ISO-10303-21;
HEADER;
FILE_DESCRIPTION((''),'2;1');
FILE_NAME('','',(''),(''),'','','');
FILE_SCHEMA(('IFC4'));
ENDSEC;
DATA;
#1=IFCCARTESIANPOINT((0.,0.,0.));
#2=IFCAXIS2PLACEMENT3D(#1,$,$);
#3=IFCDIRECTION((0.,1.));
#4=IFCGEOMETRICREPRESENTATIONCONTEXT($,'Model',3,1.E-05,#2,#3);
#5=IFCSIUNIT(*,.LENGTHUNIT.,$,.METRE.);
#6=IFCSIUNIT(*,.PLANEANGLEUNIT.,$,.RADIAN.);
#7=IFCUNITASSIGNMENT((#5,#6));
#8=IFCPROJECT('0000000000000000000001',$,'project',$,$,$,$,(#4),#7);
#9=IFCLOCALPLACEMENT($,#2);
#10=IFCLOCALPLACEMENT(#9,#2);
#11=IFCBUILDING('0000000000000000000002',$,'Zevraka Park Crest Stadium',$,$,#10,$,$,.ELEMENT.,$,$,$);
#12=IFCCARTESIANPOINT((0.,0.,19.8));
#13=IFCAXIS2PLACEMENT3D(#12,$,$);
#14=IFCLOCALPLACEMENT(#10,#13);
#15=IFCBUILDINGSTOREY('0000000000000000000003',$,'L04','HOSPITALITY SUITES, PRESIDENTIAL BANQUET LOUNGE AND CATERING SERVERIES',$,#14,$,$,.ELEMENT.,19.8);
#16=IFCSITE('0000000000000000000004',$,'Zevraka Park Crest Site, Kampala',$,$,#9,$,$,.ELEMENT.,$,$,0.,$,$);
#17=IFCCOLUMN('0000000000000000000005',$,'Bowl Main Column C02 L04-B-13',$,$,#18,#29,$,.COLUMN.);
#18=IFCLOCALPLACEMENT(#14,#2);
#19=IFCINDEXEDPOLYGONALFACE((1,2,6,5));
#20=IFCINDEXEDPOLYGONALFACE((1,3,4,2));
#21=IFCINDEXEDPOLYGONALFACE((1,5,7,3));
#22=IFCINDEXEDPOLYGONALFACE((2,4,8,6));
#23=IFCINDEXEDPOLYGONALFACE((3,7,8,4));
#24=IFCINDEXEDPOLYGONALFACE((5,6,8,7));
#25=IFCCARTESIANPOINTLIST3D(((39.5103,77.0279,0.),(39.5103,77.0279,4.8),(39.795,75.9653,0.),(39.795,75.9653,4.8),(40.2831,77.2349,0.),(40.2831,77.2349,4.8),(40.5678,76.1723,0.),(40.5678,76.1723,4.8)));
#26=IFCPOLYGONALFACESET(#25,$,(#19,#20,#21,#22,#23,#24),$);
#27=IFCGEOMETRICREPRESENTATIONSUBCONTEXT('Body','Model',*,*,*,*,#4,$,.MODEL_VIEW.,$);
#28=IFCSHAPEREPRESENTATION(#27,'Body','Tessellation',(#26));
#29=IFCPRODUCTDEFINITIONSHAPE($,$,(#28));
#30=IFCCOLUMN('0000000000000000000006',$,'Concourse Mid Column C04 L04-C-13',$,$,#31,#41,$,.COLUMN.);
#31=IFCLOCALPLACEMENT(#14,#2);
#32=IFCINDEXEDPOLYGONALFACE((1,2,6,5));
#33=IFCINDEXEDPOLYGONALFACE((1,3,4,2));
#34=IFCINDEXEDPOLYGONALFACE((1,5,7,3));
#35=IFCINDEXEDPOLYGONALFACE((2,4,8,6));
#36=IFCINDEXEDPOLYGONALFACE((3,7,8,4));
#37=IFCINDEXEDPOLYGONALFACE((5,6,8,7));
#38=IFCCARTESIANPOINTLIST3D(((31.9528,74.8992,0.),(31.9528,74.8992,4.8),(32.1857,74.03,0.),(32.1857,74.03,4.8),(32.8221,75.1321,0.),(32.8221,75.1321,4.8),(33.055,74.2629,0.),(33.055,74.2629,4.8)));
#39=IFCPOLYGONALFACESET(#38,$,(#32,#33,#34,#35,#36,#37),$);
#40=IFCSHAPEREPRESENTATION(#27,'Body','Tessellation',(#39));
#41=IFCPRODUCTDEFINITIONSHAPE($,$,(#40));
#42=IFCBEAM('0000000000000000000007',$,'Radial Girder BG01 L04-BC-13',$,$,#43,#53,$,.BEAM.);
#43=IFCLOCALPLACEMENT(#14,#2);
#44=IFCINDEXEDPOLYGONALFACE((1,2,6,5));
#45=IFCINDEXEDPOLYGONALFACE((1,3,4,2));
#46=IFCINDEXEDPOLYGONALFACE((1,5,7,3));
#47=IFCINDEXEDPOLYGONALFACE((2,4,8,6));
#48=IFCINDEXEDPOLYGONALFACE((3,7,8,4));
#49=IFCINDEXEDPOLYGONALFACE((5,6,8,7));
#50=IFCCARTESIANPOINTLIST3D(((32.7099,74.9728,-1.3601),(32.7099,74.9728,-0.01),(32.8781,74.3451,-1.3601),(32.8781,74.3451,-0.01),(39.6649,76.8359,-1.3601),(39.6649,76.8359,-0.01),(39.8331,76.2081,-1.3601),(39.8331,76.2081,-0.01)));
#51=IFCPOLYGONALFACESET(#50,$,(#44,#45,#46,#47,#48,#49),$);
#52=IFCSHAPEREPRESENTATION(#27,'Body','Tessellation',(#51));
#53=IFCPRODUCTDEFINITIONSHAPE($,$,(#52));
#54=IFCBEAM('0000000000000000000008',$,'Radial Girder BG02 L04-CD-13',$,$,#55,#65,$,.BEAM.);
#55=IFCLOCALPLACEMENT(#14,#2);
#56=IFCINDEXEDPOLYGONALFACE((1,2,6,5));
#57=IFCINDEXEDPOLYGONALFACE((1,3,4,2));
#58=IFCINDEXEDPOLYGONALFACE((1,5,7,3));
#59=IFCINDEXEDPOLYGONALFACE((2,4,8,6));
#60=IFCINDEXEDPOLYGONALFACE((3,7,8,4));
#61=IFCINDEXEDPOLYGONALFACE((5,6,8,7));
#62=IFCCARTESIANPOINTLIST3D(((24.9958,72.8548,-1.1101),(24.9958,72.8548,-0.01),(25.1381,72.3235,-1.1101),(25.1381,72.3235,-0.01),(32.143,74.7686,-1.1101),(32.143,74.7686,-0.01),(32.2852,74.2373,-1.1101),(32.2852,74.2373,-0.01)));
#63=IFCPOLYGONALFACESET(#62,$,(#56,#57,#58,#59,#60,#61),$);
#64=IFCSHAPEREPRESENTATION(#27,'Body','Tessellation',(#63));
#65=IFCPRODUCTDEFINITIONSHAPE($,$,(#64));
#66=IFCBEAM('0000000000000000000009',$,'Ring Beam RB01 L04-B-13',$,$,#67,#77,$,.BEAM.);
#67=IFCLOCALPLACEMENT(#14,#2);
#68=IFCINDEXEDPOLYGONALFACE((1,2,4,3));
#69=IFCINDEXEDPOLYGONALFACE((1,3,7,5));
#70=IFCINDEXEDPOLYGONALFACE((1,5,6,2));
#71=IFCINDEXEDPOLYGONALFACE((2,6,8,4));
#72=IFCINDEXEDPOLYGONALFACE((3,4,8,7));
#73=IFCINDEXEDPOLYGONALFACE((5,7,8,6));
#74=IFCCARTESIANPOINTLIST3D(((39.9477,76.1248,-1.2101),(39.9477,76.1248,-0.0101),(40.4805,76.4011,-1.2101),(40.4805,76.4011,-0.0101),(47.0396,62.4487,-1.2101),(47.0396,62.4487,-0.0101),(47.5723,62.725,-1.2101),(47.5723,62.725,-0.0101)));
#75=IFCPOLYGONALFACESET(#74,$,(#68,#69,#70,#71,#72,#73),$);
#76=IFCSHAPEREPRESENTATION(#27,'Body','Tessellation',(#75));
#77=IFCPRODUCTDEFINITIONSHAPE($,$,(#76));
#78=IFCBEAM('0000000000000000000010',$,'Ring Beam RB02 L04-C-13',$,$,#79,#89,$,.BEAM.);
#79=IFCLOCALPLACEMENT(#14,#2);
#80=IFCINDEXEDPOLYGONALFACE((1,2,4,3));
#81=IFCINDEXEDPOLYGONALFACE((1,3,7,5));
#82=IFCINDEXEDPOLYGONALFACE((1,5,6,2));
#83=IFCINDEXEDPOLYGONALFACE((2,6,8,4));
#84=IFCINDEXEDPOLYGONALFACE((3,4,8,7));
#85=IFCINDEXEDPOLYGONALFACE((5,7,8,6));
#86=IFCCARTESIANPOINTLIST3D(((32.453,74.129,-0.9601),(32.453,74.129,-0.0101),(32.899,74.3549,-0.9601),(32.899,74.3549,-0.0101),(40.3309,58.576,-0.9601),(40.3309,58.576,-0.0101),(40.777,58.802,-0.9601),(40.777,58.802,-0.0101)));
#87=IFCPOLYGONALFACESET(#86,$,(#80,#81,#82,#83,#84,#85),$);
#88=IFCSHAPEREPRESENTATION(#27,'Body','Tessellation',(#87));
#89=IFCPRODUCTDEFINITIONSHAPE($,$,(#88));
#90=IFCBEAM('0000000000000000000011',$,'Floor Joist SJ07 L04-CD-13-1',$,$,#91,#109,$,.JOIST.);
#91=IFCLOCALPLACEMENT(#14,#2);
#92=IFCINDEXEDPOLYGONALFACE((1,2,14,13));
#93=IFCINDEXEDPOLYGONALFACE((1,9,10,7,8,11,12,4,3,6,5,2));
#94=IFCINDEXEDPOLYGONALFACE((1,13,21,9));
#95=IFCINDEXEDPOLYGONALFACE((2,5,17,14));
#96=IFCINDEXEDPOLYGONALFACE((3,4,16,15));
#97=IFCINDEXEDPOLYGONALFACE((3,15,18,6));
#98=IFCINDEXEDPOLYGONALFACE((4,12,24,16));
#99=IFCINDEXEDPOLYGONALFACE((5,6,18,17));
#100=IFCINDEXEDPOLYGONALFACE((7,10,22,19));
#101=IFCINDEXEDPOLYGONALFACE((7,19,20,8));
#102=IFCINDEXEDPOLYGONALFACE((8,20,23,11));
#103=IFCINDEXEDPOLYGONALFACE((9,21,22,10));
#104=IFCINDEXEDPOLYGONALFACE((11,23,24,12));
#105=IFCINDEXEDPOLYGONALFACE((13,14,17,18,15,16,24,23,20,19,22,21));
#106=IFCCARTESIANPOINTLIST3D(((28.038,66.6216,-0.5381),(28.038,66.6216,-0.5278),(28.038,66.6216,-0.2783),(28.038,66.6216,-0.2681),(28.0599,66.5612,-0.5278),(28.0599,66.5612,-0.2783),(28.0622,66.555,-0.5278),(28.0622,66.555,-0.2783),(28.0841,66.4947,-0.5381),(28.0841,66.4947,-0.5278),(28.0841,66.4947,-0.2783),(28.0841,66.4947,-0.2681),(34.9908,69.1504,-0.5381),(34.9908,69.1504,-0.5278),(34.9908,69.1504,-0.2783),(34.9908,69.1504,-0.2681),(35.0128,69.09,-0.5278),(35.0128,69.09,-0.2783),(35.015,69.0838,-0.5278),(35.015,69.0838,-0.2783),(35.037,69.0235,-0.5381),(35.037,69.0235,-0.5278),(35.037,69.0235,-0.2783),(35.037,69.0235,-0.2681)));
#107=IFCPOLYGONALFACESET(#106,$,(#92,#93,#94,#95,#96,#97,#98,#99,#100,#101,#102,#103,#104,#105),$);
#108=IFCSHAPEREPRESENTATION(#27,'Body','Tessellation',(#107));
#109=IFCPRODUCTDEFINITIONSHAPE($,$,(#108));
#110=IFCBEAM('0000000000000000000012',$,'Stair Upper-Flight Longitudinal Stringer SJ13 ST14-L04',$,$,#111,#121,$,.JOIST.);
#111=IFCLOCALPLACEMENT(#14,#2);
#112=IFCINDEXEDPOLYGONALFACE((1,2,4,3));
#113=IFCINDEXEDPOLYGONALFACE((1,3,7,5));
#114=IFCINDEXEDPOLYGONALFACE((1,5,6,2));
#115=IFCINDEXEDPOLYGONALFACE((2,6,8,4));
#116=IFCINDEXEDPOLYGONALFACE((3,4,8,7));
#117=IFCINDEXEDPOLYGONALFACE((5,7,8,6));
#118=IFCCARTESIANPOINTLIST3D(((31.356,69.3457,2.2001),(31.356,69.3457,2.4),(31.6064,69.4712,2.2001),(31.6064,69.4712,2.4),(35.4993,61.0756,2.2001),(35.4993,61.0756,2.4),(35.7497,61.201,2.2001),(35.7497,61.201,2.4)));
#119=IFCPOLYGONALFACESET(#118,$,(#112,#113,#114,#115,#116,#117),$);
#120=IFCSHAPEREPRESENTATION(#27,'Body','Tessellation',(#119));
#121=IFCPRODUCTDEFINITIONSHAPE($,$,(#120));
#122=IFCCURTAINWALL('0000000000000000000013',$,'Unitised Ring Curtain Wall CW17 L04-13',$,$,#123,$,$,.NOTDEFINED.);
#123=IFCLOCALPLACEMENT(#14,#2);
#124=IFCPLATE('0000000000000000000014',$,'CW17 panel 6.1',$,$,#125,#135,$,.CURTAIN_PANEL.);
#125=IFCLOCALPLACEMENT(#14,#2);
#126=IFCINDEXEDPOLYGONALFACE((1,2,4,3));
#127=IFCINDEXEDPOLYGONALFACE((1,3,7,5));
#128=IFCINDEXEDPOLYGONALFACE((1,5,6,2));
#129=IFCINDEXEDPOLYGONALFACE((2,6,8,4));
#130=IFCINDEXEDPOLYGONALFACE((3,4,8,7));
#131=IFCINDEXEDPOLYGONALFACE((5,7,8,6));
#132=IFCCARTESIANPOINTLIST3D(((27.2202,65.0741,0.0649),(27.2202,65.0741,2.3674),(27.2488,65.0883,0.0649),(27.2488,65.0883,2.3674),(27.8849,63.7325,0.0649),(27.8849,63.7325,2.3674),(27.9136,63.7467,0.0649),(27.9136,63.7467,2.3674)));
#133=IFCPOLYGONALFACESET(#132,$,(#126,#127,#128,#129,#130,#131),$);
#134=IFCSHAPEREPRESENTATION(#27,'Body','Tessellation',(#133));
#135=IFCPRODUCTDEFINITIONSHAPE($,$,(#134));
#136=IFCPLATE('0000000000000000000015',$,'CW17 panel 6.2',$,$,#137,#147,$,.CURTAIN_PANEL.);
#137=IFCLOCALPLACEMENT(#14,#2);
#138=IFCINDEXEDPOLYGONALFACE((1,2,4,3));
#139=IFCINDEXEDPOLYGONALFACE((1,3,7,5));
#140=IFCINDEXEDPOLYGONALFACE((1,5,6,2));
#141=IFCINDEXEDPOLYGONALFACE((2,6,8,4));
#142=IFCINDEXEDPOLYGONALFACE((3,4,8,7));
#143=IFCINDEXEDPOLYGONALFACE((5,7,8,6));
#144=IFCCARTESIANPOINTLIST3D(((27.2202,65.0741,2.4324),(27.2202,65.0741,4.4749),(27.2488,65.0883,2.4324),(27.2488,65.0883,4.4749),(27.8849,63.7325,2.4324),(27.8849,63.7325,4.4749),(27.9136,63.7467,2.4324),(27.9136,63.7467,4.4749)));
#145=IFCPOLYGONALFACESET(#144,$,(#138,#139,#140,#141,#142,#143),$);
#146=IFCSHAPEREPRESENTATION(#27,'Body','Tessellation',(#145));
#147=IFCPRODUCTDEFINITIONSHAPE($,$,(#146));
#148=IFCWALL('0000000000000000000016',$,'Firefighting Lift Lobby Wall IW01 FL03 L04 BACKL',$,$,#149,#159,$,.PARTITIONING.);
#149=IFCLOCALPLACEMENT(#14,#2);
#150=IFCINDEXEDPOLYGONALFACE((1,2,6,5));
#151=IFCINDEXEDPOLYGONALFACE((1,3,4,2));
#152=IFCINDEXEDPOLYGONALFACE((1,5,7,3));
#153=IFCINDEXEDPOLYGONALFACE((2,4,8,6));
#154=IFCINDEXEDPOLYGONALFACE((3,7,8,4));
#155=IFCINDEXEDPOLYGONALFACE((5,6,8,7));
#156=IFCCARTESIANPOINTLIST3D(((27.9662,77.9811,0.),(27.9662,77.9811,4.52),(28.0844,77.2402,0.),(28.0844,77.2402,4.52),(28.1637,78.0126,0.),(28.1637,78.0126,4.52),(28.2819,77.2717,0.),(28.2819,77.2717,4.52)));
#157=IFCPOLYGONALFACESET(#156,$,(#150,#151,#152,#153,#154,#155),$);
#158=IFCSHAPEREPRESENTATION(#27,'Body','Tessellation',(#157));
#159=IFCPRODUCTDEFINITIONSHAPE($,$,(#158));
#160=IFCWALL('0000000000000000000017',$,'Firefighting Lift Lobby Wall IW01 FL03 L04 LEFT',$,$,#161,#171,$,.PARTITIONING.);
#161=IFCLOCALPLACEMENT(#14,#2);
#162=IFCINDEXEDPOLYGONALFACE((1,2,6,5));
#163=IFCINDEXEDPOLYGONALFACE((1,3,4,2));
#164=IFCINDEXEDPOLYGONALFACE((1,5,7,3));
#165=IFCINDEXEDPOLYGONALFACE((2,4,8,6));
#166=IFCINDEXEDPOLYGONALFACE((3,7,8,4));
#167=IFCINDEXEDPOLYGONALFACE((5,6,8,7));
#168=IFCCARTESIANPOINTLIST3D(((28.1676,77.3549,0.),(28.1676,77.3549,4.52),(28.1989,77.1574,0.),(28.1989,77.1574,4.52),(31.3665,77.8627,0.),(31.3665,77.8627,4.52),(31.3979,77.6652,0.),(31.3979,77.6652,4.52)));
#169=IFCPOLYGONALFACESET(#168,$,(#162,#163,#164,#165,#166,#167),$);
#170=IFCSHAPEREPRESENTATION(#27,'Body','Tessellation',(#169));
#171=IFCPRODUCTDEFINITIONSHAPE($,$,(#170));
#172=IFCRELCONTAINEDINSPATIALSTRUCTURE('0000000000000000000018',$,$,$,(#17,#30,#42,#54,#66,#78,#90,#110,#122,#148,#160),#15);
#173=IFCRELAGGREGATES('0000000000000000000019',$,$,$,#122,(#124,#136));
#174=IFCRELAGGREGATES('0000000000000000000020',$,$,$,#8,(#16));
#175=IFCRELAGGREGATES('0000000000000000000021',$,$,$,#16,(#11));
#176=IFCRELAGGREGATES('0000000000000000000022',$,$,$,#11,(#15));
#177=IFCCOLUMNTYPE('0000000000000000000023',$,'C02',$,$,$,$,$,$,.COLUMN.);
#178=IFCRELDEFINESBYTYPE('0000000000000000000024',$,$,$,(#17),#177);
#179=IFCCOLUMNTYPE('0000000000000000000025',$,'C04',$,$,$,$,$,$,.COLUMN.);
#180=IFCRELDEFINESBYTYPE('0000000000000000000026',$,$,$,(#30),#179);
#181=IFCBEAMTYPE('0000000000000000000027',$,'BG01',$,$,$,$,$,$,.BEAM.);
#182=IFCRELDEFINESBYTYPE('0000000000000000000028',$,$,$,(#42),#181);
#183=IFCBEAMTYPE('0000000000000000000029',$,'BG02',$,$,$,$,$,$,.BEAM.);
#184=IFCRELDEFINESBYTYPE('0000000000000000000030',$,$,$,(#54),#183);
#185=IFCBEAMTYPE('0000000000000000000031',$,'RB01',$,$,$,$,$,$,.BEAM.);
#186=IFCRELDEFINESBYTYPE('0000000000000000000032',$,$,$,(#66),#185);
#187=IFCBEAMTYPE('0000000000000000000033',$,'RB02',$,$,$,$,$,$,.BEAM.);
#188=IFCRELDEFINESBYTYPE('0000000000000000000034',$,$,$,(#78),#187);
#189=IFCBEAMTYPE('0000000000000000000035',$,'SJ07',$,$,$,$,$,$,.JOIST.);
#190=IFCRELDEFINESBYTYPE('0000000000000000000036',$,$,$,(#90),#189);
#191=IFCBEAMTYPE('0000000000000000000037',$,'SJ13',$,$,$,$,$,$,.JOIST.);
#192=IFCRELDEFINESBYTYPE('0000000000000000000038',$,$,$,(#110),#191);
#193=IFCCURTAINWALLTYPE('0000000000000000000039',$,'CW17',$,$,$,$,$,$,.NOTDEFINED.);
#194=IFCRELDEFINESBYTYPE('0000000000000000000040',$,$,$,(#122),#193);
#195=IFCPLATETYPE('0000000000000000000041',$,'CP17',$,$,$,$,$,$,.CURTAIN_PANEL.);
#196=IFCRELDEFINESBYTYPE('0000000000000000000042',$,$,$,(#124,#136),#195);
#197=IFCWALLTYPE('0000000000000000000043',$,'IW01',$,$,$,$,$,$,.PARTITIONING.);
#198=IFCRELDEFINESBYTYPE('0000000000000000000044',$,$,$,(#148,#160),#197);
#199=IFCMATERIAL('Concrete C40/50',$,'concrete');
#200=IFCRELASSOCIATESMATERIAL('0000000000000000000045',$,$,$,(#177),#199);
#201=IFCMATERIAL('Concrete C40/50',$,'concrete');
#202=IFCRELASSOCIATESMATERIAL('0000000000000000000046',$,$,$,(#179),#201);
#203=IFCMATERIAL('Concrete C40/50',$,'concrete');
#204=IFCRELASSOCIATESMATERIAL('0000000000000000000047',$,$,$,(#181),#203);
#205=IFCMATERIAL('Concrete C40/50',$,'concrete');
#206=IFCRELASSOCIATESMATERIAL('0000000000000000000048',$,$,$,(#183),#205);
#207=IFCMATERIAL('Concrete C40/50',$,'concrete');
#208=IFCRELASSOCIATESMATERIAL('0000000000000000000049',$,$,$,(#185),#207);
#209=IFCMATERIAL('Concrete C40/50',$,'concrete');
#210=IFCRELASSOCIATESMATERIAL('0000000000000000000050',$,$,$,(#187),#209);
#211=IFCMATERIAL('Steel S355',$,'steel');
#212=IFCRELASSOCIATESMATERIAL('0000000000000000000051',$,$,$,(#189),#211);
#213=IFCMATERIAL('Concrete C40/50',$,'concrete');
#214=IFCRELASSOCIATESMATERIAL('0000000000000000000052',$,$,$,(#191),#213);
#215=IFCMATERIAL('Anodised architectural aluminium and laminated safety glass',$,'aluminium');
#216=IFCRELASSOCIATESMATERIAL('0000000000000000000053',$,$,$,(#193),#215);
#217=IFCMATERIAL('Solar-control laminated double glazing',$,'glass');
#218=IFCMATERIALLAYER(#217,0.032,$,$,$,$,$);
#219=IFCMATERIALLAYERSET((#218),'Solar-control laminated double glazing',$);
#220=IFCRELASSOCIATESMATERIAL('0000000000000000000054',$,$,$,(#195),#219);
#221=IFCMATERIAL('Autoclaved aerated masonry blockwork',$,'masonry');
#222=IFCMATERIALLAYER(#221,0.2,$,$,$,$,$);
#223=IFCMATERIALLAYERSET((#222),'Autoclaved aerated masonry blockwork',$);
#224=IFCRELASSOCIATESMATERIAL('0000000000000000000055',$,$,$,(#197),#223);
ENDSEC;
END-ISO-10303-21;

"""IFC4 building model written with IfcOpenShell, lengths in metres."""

from ifc_helpers import new_model, si_unit, direction, frame, frame_2d, origin, origin_2d, place, context, subcontext, project, spatial, rectangle, i_section, extrude, material, layer, layer_set, material_profile, profile_set, type_object, element, aggregate, save


model = new_model("IFC4")

# Units and contexts
model_context = context("Model", 3, precision=1e-05, world=origin(), true_north=direction((0.0, 1.0)))
body_context = subcontext(model_context, "Body", "Model", "MODEL_VIEW")
ifc_project = project(units=[si_unit("LENGTHUNIT", "METRE"), si_unit("PLANEANGLEUNIT", "RADIAN")], contexts=[model_context])

# Site, building, storey
site_placement = place(None, origin())
site = spatial("IfcSite", under=ifc_project, at=site_placement, Name="Zevraka Park Crest Site, Kampala", CompositionType="ELEMENT", RefElevation=0.0)
building_placement = place(site_placement, origin())
building = spatial("IfcBuilding", under=site, at=building_placement, Name="Zevraka Park Crest Stadium", CompositionType="ELEMENT")
storey_placement = place(building_placement, frame((0.0, 0.0, 19.8)))
storey = spatial("IfcBuildingStorey", under=building, at=storey_placement, Name="L04", Description="HOSPITALITY SUITES, PRESIDENTIAL BANQUET LOUNGE AND CATERING SERVERIES", CompositionType="ELEMENT", Elevation=19.8)

# Columns
ifc_material_1 = material(Name="Concrete C40/50", Category="concrete")
ifc_material_profile_1 = material_profile(ifc_material_1, rectangle(XDim=0.8, YDim=1.1001, at=origin_2d()), Name="RC 1100x800")
ifc_profile_set_1 = profile_set([ifc_material_profile_1], Name="Concrete C40/50")
column_type_1 = type_object("IfcColumnType", Name="C02", PredefinedType="COLUMN", material=ifc_profile_set_1)
column_1_placement = place(storey_placement, frame((40.0391, 76.6001, 0.0), z_axis=(0.0, 0.0, 1.0), x_axis=(0.965926, 0.258819, 0.0)))
element("IfcColumn", 1, at=column_1_placement, inside=storey, type_object=column_type_1, Name="Bowl Main Column C02 L04-B-13", PredefinedType="COLUMN", context=body_context, shape_type="SweptSolid", body=[
    extrude(rectangle(XDim=0.8, YDim=1.1001, at=origin_2d()), origin(), (0.0, 0.0, 1.0), 4.8),
])
ifc_material_2 = material(Name="Concrete C40/50", Category="concrete")
ifc_material_profile_2 = material_profile(ifc_material_2, rectangle(XDim=0.8999, YDim=0.8999, at=origin_2d()), Name="RC 900x900")
ifc_profile_set_2 = profile_set([ifc_material_profile_2], Name="Concrete C40/50")
column_type_2 = type_object("IfcColumnType", Name="C04", PredefinedType="COLUMN", material=ifc_profile_set_2)
column_2_placement = place(storey_placement, frame((32.5039, 74.5811, 0.0), z_axis=(0.0, 0.0, 1.0), x_axis=(0.965926, 0.258819, 0.0)))
element("IfcColumn", 2, at=column_2_placement, inside=storey, type_object=column_type_2, Name="Concourse Mid Column C04 L04-C-13", PredefinedType="COLUMN", context=body_context, shape_type="SweptSolid", body=[
    extrude(rectangle(XDim=0.8999, YDim=0.8999, at=origin_2d()), origin(), (0.0, 0.0, 1.0), 4.8),
])

# Beams
ifc_material_3 = material(Name="Concrete C40/50", Category="concrete")
ifc_material_profile_3 = material_profile(ifc_material_3, rectangle(XDim=0.6499, YDim=1.3501, at=origin_2d()), Name="RC 1350x650")
ifc_profile_set_3 = profile_set([ifc_material_profile_3], Name="Concrete C40/50")
beam_type_1 = type_object("IfcBeamType", Name="BG01", PredefinedType="BEAM", material=ifc_profile_set_3)
beam_1_placement = place(storey_placement, frame((39.749, 76.522, -0.6851), z_axis=(-0.965946, -0.258745, 0.0), x_axis=(0.258745, -0.965946, 0.0)))
element("IfcBeam", 3, at=beam_1_placement, inside=storey, type_object=beam_type_1, Name="Radial Girder BG01 L04-BC-13", PredefinedType="BEAM", context=body_context, shape_type="SweptSolid", body=[
    extrude(rectangle(XDim=0.6499, YDim=1.3501, at=origin_2d()), origin(), (0.0, 0.0, 1.0), 7.2002),
])
ifc_material_4 = material(Name="Concrete C40/50", Category="concrete")
ifc_material_profile_4 = material_profile(ifc_material_4, rectangle(XDim=0.55, YDim=1.1001, at=origin_2d()), Name="RC 1100x550")
ifc_profile_set_4 = profile_set([ifc_material_profile_4], Name="Concrete C40/50")
beam_type_2 = type_object("IfcBeamType", Name="BG02", PredefinedType="BEAM", material=ifc_profile_set_4)
beam_2_placement = place(storey_placement, frame((32.2141, 74.5029, -0.5601), z_axis=(-0.965969, -0.258659, 0.0), x_axis=(0.258659, -0.965969, 0.0)))
element("IfcBeam", 4, at=beam_2_placement, inside=storey, type_object=beam_type_2, Name="Radial Girder BG02 L04-CD-13", PredefinedType="BEAM", context=body_context, shape_type="SweptSolid", body=[
    extrude(rectangle(XDim=0.55, YDim=1.1001, at=origin_2d()), origin(), (0.0, 0.0, 1.0), 7.3989),
])
ifc_material_5 = material(Name="Concrete C40/50", Category="concrete")
ifc_material_profile_5 = material_profile(ifc_material_5, rectangle(XDim=0.6001, YDim=1.2, at=origin_2d()), Name="RC 1200x600")
ifc_profile_set_5 = profile_set([ifc_material_profile_5], Name="Concrete C40/50")
beam_type_3 = type_object("IfcBeamType", Name="RB01", PredefinedType="BEAM", material=ifc_profile_set_5)
beam_3_placement = place(storey_placement, frame((40.2141, 76.2629, -0.6101), z_axis=(0.460344, -0.887741, 0.0), x_axis=(0.887741, 0.460344, 0.0)))
element("IfcBeam", 5, at=beam_3_placement, inside=storey, type_object=beam_type_3, Name="Ring Beam RB01 L04-B-13", PredefinedType="BEAM", context=body_context, shape_type="SweptSolid", body=[
    extrude(rectangle(XDim=0.6001, YDim=1.2, at=origin_2d()), origin(), (0.0, 0.0, 1.0), 15.4055),
])
ifc_material_6 = material(Name="Concrete C40/50", Category="concrete")
ifc_material_profile_6 = material_profile(ifc_material_6, rectangle(XDim=0.5, YDim=0.95, at=origin_2d()), Name="RC 950x500")
ifc_profile_set_6 = profile_set([ifc_material_profile_6], Name="Concrete C40/50")
beam_type_4 = type_object("IfcBeamType", Name="RB02", PredefinedType="BEAM", material=ifc_profile_set_6)
beam_4_placement = place(storey_placement, frame((32.676, 74.2419, -0.4851), z_axis=(0.451862, -0.892088, 0.0), x_axis=(0.892088, 0.451862, 0.0)))
element("IfcBeam", 6, at=beam_4_placement, inside=storey, type_object=beam_type_4, Name="Ring Beam RB02 L04-C-13", PredefinedType="BEAM", context=body_context, shape_type="SweptSolid", body=[
    extrude(rectangle(XDim=0.5, YDim=0.95, at=origin_2d()), origin(), (0.0, 0.0, 1.0), 17.4343),
])
ifc_material_7 = material(Name="Steel S355", Category="steel")
ifc_material_profile_7 = material_profile(ifc_material_7, i_section(OverallWidth=0.135, OverallDepth=0.27, WebThickness=0.0066, FlangeThickness=0.0103, at=origin_2d()), Name="IPE 270")
ifc_profile_set_7 = profile_set([ifc_material_profile_7], Name="Steel S355")
beam_type_5 = type_object("IfcBeamType", Name="SJ07", PredefinedType="JOIST", material=ifc_profile_set_7)
beam_5_placement = place(storey_placement, frame((35.0139, 69.0869, -0.4031), z_axis=(-0.939772, -0.341801, 0.0), x_axis=(0.341801, -0.939772, 0.0)))
element("IfcBeam", 7, at=beam_5_placement, inside=storey, type_object=beam_type_5, Name="Floor Joist SJ07 L04-CD-13-1", PredefinedType="JOIST", context=body_context, shape_type="SweptSolid", body=[
    extrude(i_section(OverallWidth=0.135, OverallDepth=0.27, WebThickness=0.0066, FlangeThickness=0.0103, at=origin_2d()), origin(), (0.0, 0.0, 1.0), 7.3984),
])
ifc_material_8 = material(Name="Concrete C40/50", Category="concrete")
ifc_material_profile_8 = material_profile(ifc_material_8, rectangle(XDim=0.28, YDim=0.2, at=origin_2d()), Name="RC 200x280")
ifc_profile_set_8 = profile_set([ifc_material_profile_8], Name="Concrete C40/50")
beam_type_6 = type_object("IfcBeamType", Name="SJ13", PredefinedType="JOIST", material=ifc_profile_set_8)
beam_6_placement = place(storey_placement, frame((31.4812, 69.4084, 2.3), z_axis=(0.447921, -0.894073, 0.0), x_axis=(0.894073, 0.447921, 0.0)))
element("IfcBeam", 8, at=beam_6_placement, inside=storey, type_object=beam_type_6, Name="Stair Upper-Flight Longitudinal Stringer SJ13 ST14-L04", PredefinedType="JOIST", context=body_context, shape_type="SweptSolid", body=[
    extrude(rectangle(XDim=0.28, YDim=0.2, at=origin_2d()), origin(), (0.0, 0.0, 1.0), 9.25),
])

# Curtain wall, plates
ifc_material_9 = material(Name="Anodised architectural aluminium and laminated safety glass", Category="aluminium")
curtain_wall_type = type_object("IfcCurtainWallType", Name="CW17", PredefinedType="NOTDEFINED", material=ifc_material_9)
curtain_wall_placement = place(storey_placement, origin())
curtain_wall = element("IfcCurtainWall", 9, at=curtain_wall_placement, inside=storey, type_object=curtain_wall_type, Name="Unitised Ring Curtain Wall CW17 L04-13", PredefinedType="NOTDEFINED")
ifc_material_10 = material(Name="Solar-control laminated double glazing", Category="glass")
ifc_layer_1 = layer(ifc_material_10, 0.032)
ifc_layer_set_1 = layer_set([ifc_layer_1], Name="Solar-control laminated double glazing")
plate_type = type_object("IfcPlateType", Name="CP17", PredefinedType="CURTAIN_PANEL", material=ifc_layer_set_1)
plate_1_placement = place(storey_placement, frame((27.5669, 64.4104, 0.0649), z_axis=(0.0, 0.0, 1.0), x_axis=(0.443961, -0.896046, 0.0)))
plate_1 = element("IfcPlate", 10, at=plate_1_placement, type_object=plate_type, Name="CW17 panel 6.1", PredefinedType="CURTAIN_PANEL", context=body_context, shape_type="SweptSolid", body=[
    extrude(rectangle(XDim=1.4973, YDim=0.032, at=origin_2d()), origin(), (0.0, 0.0, 1.0), 2.3025),
])
plate_2_placement = place(storey_placement, frame((27.5669, 64.4104, 2.4324), z_axis=(0.0, 0.0, 1.0), x_axis=(0.443961, -0.896046, 0.0)))
plate_2 = element("IfcPlate", 11, at=plate_2_placement, type_object=plate_type, Name="CW17 panel 6.2", PredefinedType="CURTAIN_PANEL", context=body_context, shape_type="SweptSolid", body=[
    extrude(rectangle(XDim=1.4973, YDim=0.032, at=origin_2d()), origin(), (0.0, 0.0, 1.0), 2.0425),
])
aggregate(curtain_wall, [plate_1, plate_2])

# Walls
ifc_material_11 = material(Name="Autoclaved aerated masonry blockwork", Category="masonry")
ifc_layer_2 = layer(ifc_material_11, 0.2)
ifc_layer_set_2 = layer_set([ifc_layer_2], Name="Autoclaved aerated masonry blockwork")
wall_type_1 = type_object("IfcWallType", Name="IW01", PredefinedType="PARTITIONING", material=ifc_layer_set_2)
wall_1_placement = place(storey_placement, frame((28.1831, 77.2561, 0.0), z_axis=(0.0, 0.0, 1.0), x_axis=(-0.157483, 0.987522, 0.0)))
element("IfcWall", 12, at=wall_1_placement, inside=storey, type_object=wall_type_1, Name="Firefighting Lift Lobby Wall IW01 FL03 L04 BACKL", PredefinedType="PARTITIONING", context=body_context, shape_type="SweptSolid", body=[
    extrude(rectangle(XDim=0.7502, YDim=0.2, at=frame_2d((0.375, 0.0))), origin(), (0.0, 0.0, 1.0), 4.52),
])
wall_2_placement = place(storey_placement, frame((28.1831, 77.2561, 0.0), z_axis=(0.0, 0.0, 1.0), x_axis=(0.987634, 0.156779, 0.0)))
element("IfcWall", 13, at=wall_2_placement, inside=storey, type_object=wall_type_1, Name="Firefighting Lift Lobby Wall IW01 FL03 L04 LEFT", PredefinedType="PARTITIONING", context=body_context, shape_type="SweptSolid", body=[
    extrude(rectangle(XDim=3.239, YDim=0.2, at=frame_2d((1.6196, 0.0))), origin(), (0.0, 0.0, 1.0), 4.52),
])

save(model, "model.ifc")
